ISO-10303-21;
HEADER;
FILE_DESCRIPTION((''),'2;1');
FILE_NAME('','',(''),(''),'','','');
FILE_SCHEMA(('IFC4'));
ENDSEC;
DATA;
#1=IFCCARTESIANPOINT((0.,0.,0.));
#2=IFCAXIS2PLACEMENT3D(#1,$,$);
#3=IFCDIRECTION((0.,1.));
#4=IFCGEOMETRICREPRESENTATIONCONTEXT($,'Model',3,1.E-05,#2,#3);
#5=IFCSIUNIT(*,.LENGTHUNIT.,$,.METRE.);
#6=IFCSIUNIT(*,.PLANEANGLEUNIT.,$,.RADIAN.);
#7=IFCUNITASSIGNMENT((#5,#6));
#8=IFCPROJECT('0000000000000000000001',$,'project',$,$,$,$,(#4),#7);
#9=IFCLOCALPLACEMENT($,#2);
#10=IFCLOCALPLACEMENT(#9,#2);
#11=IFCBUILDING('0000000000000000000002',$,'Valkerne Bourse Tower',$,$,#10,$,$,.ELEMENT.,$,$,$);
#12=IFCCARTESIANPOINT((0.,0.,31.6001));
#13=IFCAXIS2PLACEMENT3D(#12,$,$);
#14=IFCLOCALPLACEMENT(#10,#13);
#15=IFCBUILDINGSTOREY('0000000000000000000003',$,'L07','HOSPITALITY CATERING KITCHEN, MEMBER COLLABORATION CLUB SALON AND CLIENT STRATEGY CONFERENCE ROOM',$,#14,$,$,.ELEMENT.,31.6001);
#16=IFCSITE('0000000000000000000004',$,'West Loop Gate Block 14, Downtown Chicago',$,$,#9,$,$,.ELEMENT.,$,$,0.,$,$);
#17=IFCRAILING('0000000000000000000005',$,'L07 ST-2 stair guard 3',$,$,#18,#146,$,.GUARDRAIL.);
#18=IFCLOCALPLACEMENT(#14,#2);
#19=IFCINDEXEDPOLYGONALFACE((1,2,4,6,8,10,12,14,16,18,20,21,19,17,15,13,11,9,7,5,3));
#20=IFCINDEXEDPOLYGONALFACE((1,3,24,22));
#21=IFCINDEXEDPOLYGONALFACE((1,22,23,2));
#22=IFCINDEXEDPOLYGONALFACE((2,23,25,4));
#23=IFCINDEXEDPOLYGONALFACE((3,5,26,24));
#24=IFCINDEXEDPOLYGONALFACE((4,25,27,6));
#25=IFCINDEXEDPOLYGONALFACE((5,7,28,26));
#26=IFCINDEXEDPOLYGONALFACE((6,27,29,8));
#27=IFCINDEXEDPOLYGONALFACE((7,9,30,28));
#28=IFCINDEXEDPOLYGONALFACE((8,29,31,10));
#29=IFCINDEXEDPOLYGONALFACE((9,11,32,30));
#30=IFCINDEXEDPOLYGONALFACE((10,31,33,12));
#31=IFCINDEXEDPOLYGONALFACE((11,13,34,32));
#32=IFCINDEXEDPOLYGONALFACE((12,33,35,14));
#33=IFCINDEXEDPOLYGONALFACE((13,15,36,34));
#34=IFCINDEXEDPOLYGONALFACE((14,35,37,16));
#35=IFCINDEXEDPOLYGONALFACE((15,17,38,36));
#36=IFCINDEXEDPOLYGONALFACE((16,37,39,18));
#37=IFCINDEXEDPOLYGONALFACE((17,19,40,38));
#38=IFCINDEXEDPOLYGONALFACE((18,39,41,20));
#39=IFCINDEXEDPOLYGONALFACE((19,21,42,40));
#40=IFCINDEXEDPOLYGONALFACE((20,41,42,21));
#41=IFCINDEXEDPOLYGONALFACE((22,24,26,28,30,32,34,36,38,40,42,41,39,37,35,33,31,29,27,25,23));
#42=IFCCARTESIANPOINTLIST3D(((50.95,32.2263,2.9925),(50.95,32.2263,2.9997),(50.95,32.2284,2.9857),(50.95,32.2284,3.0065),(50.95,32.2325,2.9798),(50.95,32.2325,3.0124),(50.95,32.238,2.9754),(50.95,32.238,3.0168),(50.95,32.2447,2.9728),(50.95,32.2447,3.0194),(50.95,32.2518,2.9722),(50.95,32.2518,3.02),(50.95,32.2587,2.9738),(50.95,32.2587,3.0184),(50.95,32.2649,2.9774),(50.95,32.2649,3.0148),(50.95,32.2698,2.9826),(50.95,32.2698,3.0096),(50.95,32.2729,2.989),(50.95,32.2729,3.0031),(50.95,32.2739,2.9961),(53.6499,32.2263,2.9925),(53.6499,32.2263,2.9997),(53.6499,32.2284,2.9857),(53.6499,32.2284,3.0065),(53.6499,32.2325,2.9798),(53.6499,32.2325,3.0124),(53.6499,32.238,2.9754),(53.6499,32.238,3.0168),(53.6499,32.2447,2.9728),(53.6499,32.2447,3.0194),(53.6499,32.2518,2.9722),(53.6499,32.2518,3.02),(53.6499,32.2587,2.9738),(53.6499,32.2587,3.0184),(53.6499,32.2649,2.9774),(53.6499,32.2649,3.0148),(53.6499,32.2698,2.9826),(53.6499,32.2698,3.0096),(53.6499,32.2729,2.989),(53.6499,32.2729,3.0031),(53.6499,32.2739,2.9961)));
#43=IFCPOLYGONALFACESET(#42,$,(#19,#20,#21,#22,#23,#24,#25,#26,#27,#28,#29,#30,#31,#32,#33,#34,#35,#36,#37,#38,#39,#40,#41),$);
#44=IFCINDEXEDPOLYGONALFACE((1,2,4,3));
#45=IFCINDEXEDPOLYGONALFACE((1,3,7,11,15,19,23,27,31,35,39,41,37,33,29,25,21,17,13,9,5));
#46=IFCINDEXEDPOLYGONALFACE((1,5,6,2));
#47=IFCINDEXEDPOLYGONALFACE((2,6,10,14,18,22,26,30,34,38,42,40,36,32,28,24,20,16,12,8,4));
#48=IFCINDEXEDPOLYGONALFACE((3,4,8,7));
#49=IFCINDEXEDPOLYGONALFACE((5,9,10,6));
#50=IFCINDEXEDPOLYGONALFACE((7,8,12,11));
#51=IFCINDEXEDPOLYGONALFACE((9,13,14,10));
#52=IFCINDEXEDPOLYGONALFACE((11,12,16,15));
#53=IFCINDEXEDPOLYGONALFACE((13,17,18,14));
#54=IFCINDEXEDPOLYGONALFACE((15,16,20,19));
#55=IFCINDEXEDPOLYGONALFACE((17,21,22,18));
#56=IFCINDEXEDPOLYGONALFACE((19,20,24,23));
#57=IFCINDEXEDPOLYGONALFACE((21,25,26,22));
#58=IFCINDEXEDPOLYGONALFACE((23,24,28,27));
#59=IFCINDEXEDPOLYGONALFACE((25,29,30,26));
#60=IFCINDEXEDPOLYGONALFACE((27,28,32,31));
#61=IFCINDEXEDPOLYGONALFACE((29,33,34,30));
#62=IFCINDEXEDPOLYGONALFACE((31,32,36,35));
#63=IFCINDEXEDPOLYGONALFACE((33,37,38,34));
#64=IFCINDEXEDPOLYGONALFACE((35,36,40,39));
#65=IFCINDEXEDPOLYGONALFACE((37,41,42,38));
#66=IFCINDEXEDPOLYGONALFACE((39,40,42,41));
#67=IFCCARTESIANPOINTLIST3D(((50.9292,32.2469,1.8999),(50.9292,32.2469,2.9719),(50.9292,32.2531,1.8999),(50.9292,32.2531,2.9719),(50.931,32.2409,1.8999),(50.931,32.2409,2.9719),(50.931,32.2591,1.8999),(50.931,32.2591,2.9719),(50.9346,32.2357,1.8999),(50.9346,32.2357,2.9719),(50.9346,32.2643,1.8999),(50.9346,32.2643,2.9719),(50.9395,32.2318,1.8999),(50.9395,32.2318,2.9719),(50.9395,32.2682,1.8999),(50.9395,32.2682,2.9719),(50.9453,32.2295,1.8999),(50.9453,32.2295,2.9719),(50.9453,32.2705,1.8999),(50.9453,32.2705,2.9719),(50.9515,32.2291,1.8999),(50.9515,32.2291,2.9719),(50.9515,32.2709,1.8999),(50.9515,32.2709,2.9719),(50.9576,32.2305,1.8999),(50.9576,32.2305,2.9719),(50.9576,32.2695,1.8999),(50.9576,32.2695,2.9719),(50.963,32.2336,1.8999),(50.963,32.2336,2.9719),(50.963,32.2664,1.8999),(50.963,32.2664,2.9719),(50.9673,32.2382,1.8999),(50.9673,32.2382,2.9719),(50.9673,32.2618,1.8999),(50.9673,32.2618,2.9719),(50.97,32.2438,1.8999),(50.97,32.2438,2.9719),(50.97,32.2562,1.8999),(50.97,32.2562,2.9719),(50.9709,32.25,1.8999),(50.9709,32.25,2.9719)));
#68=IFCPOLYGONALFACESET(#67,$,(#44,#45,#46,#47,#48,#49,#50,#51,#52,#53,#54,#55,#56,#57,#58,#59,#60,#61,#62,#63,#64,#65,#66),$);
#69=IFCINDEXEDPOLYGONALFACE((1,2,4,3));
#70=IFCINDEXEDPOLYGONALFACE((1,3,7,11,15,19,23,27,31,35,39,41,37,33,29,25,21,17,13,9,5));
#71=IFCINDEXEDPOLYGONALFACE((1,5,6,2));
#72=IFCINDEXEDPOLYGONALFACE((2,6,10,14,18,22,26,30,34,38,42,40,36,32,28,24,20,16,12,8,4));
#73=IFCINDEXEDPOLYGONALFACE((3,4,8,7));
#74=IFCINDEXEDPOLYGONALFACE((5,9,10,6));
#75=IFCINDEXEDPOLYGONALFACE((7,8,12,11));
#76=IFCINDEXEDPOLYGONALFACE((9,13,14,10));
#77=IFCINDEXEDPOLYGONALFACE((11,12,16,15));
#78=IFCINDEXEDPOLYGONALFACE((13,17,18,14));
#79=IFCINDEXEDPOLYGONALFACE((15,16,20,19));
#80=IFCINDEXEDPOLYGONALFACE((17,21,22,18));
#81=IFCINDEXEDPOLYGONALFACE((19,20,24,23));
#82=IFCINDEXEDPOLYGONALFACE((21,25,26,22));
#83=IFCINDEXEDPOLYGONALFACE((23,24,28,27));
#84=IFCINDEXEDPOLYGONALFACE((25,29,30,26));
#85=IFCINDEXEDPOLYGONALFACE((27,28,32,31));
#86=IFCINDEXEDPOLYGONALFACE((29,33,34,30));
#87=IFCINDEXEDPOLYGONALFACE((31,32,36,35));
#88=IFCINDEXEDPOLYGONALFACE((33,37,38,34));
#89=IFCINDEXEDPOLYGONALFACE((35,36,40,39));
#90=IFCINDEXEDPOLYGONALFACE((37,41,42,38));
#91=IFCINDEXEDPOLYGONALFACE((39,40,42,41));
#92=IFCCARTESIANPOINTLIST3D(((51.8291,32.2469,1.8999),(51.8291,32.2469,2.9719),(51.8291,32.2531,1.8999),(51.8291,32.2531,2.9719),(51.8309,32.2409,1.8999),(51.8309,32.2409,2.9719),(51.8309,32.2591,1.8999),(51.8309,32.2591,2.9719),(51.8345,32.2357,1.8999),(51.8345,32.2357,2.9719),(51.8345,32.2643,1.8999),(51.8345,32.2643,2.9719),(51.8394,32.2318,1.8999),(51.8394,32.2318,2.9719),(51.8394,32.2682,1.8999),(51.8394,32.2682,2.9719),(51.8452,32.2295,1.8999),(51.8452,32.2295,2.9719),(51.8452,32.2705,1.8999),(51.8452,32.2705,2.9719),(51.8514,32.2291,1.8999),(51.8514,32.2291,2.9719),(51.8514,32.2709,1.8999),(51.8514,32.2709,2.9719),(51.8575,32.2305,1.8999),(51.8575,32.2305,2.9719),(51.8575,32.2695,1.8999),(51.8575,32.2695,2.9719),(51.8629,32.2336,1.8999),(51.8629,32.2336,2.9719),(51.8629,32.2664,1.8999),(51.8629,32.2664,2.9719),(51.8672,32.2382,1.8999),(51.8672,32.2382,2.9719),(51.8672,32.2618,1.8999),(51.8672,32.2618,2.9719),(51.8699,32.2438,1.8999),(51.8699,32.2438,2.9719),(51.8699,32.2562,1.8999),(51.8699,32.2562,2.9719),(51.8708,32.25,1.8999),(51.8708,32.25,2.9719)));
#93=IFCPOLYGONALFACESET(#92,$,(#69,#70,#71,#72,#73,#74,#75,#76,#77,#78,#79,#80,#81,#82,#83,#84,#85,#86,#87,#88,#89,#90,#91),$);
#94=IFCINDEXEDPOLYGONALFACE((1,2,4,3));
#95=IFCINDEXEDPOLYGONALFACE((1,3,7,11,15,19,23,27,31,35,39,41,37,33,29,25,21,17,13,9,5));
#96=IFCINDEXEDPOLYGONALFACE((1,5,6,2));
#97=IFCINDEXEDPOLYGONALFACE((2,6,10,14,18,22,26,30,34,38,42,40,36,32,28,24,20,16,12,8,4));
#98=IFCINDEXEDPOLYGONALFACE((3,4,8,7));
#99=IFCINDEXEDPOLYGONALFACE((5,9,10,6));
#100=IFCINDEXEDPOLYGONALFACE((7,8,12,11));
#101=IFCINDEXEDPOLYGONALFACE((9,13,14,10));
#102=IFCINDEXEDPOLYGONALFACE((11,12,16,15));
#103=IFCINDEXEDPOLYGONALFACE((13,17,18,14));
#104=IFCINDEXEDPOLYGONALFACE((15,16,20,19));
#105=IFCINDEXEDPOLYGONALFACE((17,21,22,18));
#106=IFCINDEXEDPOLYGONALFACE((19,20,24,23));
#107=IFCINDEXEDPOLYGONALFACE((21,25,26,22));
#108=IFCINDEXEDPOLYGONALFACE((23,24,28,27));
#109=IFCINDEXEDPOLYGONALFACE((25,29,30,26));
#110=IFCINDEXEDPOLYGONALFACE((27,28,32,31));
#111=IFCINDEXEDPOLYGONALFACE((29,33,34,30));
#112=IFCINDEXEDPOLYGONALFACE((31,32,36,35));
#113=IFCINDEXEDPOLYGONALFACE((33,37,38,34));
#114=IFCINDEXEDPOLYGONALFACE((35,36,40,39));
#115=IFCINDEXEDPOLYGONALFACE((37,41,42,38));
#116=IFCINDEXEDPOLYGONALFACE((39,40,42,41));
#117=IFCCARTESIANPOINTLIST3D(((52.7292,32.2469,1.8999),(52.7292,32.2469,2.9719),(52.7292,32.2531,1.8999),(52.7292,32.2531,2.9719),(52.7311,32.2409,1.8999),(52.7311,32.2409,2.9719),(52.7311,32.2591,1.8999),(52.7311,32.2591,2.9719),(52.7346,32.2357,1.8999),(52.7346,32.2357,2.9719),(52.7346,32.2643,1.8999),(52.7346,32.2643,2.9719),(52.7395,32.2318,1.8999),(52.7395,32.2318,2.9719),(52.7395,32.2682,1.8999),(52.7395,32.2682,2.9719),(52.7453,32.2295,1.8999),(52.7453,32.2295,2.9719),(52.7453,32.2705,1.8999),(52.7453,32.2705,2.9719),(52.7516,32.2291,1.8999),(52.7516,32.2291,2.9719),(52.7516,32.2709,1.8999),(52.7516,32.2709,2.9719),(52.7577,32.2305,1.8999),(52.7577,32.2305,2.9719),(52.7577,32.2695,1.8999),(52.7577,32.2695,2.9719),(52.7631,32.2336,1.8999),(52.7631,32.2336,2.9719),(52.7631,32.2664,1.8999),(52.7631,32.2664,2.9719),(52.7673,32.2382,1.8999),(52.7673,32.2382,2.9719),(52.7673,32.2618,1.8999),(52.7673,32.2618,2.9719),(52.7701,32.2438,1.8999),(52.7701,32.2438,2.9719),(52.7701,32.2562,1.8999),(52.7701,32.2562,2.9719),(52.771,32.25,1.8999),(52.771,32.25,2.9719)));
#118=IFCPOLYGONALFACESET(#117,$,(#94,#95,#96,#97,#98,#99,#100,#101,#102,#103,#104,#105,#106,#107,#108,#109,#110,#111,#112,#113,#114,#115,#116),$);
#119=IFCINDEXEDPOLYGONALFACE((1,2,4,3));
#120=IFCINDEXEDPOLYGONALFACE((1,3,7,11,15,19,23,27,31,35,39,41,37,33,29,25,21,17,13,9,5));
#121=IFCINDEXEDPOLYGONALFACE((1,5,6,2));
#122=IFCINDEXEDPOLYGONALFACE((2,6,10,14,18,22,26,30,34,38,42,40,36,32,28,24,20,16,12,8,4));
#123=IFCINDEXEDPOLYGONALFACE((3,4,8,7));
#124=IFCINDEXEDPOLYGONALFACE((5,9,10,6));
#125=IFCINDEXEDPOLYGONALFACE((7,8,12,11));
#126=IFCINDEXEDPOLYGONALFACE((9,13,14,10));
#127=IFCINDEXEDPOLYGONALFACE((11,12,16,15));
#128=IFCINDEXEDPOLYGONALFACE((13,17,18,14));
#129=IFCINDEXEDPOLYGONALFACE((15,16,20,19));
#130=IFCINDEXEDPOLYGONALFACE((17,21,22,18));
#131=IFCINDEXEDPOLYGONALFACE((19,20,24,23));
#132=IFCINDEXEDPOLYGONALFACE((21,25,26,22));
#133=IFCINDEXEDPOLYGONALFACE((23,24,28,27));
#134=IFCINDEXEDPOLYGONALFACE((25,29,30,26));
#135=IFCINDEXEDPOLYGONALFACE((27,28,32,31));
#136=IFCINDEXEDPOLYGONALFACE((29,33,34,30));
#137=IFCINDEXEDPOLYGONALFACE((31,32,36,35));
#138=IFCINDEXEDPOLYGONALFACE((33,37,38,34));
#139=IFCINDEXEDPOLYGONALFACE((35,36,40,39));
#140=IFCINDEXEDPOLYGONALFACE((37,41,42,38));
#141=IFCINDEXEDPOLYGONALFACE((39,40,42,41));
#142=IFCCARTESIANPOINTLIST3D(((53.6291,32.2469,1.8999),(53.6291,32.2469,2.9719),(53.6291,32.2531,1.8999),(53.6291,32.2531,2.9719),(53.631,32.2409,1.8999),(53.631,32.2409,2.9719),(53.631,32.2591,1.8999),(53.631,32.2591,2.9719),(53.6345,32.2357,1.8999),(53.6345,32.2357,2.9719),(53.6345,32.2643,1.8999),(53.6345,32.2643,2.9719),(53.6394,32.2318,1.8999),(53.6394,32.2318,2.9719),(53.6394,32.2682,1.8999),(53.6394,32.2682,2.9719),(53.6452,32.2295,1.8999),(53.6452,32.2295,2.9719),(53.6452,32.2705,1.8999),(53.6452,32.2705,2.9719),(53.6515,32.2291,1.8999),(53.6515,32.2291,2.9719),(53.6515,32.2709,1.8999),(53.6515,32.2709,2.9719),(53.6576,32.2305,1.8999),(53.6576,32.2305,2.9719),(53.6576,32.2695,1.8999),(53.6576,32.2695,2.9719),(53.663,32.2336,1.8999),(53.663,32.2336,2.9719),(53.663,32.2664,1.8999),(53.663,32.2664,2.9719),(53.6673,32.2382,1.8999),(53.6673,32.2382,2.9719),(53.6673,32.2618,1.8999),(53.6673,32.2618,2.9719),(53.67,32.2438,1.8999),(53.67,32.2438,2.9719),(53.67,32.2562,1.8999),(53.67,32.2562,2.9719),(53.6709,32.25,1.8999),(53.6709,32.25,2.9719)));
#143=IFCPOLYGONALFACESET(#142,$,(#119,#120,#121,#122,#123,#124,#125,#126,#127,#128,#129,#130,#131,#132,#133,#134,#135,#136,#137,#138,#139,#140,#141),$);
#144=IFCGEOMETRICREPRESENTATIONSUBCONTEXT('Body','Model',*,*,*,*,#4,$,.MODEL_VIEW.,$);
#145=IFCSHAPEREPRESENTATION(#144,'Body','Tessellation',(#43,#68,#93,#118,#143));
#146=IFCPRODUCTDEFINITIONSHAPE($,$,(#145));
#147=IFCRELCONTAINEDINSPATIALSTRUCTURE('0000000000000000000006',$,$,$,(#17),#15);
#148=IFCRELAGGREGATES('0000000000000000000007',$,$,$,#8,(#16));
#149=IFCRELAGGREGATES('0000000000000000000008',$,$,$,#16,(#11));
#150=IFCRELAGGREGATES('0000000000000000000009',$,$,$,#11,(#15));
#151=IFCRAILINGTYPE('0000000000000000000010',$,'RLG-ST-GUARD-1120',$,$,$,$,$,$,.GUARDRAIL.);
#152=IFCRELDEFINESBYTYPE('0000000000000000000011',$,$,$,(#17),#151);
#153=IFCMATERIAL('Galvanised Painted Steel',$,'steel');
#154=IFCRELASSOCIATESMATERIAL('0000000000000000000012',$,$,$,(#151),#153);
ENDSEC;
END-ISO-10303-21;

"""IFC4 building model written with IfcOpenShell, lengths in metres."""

from ifc_helpers import new_model, si_unit, direction, frame, origin, origin_2d, place, context, subcontext, project, spatial, circle, extrude, material, type_object, element, save


model = new_model("IFC4")

# Units and contexts
model_context = context("Model", 3, precision=1e-05, world=origin(), true_north=direction((0.0, 1.0)))
body_context = subcontext(model_context, "Body", "Model", "MODEL_VIEW")
ifc_project = project(units=[si_unit("LENGTHUNIT", "METRE"), si_unit("PLANEANGLEUNIT", "RADIAN")], contexts=[model_context])

# Site, building, storey
site_placement = place(None, origin())
site = spatial("IfcSite", under=ifc_project, at=site_placement, Name="West Loop Gate Block 14, Downtown Chicago", CompositionType="ELEMENT", RefElevation=0.0)
building_placement = place(site_placement, origin())
building = spatial("IfcBuilding", under=site, at=building_placement, Name="Valkerne Bourse Tower", CompositionType="ELEMENT")
storey_placement = place(building_placement, frame((0.0, 0.0, 31.6001)))
storey = spatial("IfcBuildingStorey", under=building, at=storey_placement, Name="L07", Description="HOSPITALITY CATERING KITCHEN, MEMBER COLLABORATION CLUB SALON AND CLIENT STRATEGY CONFERENCE ROOM", CompositionType="ELEMENT", Elevation=31.6001)

# Shared definitions
ifc_material_1 = material(Name="Galvanised Painted Steel", Category="steel")

# Railing
railing_type_1 = type_object("IfcRailingType", Name="RLG-ST-GUARD-1120", PredefinedType="GUARDRAIL", material=ifc_material_1)
for number, where, name in (
    (1, (50.95, 32.25, 1.8999), "L07 ST-2 stair guard 3"),
):
    element("IfcRailing", number, at=place(storey_placement, frame(where)), inside=storey, type_object=railing_type_1, Name=name, PredefinedType="GUARDRAIL", context=body_context, shape_type="SweptSolid", body=[
        extrude(circle(Radius=0.0239, at=origin_2d()), frame((0.0, 0.0, 1.0962), z_axis=(1.0, 0.0, 0.0), x_axis=(0.0, 1.0, 0.0)), (0.0, 0.0, 1.0), 2.7),
        extrude(circle(Radius=0.021, at=origin_2d()), origin(), (0.0, 0.0, 1.0), 1.072),
        extrude(circle(Radius=0.021, at=origin_2d()), frame((0.8999, 0.0, 0.0)), (0.0, 0.0, 1.0), 1.072),
        extrude(circle(Radius=0.021, at=origin_2d()), frame((1.8, 0.0, 0.0)), (0.0, 0.0, 1.0), 1.072),
        extrude(circle(Radius=0.021, at=origin_2d()), frame((2.7, 0.0, 0.0)), (0.0, 0.0, 1.0), 1.072),
    ])

save(model, "model.ifc")
